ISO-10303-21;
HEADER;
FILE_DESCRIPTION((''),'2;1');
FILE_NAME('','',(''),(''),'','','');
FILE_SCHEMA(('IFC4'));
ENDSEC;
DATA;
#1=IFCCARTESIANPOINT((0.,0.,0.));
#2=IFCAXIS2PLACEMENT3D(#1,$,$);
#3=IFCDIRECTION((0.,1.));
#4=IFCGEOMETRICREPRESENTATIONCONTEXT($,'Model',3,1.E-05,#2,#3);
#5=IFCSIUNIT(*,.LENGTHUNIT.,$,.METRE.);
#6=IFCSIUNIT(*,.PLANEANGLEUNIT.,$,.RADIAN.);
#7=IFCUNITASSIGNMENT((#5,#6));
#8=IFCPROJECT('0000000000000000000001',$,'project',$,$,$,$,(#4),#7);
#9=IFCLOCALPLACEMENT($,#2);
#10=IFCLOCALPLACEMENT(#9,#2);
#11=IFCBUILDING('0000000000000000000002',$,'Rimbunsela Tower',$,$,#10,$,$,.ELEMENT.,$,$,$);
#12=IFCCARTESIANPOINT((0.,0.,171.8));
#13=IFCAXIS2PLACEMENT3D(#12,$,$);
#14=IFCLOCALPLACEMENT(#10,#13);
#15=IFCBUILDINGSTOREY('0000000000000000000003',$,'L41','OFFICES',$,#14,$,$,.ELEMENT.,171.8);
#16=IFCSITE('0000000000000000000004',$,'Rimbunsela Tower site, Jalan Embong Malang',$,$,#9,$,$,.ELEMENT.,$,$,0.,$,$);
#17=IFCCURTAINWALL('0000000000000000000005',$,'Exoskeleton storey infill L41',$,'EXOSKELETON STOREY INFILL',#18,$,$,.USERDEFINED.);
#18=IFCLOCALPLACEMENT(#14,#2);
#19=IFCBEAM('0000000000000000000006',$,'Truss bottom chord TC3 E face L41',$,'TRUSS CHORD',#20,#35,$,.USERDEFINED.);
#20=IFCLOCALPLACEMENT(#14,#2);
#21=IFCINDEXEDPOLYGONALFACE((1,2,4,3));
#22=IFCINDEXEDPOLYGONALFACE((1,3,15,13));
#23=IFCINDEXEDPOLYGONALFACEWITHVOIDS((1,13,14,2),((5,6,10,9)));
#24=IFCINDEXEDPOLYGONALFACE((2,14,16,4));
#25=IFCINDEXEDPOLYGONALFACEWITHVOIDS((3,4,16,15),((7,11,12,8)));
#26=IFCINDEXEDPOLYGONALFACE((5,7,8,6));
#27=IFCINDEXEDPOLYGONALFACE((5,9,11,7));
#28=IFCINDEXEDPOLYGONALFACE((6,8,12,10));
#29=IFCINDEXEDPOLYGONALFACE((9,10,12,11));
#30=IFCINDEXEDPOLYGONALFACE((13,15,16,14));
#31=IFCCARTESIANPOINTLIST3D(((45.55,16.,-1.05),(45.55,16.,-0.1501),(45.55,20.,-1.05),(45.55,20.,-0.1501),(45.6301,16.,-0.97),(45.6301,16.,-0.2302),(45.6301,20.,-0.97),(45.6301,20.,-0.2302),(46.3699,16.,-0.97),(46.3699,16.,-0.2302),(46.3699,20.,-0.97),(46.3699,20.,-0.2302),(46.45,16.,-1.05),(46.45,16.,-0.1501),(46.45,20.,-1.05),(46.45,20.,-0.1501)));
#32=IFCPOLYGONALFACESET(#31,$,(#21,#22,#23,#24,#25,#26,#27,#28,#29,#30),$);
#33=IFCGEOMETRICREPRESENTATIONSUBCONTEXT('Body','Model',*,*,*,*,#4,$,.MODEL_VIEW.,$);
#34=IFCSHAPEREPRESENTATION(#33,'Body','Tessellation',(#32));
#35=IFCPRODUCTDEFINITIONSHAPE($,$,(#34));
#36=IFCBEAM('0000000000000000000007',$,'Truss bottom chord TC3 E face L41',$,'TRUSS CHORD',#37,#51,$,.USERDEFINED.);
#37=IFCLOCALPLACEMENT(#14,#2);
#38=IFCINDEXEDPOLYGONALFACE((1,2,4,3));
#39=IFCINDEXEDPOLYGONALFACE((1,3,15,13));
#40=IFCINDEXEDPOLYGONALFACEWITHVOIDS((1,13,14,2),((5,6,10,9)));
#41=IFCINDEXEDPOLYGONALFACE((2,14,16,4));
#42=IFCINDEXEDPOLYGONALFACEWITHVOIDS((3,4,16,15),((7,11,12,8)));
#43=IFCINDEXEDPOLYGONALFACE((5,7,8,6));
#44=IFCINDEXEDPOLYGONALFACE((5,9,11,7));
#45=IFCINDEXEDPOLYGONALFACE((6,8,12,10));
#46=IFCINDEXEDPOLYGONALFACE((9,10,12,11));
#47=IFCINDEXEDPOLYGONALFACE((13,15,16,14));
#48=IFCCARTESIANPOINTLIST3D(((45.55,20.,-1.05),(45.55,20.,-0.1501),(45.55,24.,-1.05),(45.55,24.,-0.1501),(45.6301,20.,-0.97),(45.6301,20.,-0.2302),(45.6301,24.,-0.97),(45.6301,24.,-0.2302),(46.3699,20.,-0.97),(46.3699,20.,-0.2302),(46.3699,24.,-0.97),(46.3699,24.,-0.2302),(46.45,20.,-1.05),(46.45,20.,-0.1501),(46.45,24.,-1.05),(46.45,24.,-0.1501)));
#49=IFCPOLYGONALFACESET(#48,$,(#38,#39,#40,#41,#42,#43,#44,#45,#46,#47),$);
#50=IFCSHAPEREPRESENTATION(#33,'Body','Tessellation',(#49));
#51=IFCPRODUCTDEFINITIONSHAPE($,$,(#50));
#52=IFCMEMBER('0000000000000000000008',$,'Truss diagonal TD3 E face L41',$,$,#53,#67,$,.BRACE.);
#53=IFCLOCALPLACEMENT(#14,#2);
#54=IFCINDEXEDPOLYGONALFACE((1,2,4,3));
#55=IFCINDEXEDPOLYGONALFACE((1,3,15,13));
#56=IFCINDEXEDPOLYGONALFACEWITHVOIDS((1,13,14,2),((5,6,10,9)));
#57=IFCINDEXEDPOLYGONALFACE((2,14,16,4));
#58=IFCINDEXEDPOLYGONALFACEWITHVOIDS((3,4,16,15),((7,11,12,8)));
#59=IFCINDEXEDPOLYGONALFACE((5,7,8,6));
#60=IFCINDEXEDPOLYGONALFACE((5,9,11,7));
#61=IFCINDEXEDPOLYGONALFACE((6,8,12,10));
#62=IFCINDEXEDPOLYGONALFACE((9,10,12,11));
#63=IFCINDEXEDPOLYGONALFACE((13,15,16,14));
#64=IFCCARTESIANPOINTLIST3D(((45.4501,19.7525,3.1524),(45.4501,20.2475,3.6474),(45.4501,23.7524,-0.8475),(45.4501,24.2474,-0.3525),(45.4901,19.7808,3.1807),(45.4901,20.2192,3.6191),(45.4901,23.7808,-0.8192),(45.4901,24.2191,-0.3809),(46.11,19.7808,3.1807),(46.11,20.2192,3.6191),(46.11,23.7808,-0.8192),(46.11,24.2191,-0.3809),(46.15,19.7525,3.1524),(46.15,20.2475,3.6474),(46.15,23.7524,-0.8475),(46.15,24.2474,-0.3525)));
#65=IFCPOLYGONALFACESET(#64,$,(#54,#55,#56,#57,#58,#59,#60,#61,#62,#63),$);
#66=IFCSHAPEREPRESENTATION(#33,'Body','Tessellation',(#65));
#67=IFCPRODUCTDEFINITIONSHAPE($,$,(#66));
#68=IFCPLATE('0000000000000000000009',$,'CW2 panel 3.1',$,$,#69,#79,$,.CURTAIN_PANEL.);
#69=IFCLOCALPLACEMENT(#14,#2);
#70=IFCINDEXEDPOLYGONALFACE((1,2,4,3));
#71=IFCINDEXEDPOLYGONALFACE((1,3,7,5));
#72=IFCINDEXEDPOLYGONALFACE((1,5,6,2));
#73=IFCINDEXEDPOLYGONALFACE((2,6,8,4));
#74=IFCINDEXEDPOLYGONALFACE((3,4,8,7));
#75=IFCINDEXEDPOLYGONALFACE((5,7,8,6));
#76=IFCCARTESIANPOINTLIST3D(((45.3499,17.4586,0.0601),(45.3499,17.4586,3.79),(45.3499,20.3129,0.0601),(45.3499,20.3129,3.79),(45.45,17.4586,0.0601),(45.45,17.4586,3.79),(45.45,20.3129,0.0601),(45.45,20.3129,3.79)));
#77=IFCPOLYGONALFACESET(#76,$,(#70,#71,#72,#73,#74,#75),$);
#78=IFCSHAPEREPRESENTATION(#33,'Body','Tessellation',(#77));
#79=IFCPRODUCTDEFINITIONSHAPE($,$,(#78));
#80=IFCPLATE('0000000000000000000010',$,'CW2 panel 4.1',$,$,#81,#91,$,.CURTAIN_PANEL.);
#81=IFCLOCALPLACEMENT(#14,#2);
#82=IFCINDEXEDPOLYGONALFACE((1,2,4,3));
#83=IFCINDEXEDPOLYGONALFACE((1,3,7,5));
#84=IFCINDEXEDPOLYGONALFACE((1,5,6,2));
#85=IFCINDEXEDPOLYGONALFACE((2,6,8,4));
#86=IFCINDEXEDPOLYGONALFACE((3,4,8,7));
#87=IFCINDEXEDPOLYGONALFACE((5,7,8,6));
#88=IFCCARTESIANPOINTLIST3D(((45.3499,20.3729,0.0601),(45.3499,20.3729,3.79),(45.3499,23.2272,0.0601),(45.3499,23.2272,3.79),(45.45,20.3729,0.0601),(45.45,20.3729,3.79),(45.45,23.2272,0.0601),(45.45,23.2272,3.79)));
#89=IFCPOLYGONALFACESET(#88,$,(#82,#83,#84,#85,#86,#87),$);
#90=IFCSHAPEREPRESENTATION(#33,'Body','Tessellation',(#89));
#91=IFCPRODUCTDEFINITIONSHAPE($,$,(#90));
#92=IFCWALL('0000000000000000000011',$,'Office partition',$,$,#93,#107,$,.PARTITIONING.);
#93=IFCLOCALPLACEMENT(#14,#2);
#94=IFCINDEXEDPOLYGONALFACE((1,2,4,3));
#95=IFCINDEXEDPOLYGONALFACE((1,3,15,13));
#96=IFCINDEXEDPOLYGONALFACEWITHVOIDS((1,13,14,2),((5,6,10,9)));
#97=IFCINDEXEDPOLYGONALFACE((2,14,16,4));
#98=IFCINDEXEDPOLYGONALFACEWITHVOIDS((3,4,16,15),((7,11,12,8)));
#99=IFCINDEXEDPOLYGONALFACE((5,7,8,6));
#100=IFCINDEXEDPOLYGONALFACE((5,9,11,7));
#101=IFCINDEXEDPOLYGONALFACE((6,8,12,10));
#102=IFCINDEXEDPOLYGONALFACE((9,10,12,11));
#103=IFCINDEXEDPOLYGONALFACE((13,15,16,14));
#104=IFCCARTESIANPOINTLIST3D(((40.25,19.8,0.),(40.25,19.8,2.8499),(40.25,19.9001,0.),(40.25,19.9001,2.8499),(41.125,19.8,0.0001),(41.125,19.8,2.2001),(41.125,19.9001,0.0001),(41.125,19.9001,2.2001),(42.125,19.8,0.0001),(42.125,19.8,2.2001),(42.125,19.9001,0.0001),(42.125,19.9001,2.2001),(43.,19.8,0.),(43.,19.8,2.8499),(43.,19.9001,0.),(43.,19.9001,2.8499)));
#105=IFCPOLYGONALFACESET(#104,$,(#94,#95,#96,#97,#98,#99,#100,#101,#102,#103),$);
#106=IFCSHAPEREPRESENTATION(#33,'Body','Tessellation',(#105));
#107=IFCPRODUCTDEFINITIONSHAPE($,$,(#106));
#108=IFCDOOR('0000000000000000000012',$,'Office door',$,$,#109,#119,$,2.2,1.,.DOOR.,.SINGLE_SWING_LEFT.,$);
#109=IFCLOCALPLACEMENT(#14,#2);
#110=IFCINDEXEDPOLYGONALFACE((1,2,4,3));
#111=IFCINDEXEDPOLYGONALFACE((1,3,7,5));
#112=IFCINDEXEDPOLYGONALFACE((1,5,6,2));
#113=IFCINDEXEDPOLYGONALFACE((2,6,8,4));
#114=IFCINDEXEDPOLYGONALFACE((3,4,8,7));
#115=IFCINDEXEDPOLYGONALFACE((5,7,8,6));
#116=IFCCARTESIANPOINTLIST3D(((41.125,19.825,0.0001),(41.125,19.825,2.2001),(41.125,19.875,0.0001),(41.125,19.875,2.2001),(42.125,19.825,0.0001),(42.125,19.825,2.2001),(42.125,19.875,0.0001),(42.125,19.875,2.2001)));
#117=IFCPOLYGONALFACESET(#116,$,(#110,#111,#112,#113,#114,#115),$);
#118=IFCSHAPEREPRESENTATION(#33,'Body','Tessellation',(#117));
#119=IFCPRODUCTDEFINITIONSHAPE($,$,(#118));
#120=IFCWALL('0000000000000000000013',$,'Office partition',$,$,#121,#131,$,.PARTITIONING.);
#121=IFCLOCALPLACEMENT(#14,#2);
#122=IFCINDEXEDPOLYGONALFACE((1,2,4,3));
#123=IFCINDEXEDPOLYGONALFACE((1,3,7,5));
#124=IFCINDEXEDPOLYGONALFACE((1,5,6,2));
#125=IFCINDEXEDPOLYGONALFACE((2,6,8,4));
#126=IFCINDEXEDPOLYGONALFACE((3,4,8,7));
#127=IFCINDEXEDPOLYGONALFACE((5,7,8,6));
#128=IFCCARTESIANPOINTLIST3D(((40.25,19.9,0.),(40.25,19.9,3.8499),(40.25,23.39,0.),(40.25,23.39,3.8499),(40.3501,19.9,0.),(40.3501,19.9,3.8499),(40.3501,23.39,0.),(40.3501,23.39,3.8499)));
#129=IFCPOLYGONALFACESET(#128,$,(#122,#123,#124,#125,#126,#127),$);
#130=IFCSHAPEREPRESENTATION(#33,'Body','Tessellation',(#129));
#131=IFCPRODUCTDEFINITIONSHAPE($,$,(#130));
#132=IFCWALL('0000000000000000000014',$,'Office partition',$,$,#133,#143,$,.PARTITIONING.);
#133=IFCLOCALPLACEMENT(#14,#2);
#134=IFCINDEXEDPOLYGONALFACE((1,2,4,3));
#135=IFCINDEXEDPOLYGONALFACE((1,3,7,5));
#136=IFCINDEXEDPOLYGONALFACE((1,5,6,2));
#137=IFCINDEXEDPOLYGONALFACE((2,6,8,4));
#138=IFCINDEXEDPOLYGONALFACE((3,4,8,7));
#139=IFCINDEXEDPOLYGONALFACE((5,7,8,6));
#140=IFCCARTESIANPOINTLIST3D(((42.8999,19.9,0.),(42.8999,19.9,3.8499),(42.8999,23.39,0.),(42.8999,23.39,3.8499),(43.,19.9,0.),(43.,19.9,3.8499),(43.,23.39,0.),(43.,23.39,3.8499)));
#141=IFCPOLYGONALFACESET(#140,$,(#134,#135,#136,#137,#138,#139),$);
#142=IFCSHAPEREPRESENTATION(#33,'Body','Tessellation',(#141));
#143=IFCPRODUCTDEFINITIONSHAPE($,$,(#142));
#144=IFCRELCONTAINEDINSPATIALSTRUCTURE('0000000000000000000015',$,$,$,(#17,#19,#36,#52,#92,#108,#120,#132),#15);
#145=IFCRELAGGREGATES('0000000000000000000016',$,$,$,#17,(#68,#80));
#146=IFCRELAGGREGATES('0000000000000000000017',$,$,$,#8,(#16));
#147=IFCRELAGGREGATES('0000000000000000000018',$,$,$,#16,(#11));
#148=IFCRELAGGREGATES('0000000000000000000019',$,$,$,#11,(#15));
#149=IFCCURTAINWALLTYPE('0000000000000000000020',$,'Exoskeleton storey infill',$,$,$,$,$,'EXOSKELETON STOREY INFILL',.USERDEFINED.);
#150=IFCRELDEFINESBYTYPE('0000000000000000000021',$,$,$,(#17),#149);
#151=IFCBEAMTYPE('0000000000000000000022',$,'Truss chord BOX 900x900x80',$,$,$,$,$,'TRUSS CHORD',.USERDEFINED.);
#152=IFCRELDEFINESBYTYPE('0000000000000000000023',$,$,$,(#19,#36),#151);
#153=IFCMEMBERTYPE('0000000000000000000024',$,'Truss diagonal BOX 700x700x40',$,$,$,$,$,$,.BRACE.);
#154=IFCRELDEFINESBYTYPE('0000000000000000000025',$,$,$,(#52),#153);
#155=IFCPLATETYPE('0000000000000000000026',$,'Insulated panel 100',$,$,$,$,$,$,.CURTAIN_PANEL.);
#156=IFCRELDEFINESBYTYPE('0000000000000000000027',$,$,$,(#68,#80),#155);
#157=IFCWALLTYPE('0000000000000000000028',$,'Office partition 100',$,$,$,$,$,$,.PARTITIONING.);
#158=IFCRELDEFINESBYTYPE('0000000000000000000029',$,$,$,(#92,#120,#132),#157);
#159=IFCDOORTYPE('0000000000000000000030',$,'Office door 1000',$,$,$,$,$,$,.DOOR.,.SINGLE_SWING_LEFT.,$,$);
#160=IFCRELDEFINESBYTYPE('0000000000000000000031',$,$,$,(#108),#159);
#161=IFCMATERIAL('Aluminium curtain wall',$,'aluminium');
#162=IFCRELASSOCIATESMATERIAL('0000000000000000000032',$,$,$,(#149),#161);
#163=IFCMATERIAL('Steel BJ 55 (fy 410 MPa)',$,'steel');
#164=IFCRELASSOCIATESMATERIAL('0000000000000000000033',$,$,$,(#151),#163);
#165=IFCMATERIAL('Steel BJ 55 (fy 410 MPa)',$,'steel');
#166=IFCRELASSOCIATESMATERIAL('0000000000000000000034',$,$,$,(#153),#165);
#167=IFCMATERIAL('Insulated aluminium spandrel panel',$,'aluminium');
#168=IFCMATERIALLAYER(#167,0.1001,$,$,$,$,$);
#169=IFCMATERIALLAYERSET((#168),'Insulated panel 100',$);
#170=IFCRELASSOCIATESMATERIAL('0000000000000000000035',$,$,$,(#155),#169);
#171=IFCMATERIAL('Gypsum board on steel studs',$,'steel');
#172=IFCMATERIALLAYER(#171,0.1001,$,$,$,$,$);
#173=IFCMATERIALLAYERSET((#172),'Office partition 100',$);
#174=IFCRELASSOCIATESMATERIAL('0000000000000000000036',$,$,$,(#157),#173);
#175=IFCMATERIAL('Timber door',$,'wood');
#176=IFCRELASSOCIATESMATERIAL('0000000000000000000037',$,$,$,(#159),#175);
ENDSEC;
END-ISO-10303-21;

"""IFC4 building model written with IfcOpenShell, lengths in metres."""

from ifc_helpers import new_model, si_unit, direction, frame, frame_2d, origin, origin_2d, place, context, subcontext, project, spatial, rectangle, hollow_rectangle, extrude, material, layer, layer_set, material_profile, profile_set, type_object, element, fill, aggregate, save


model = new_model("IFC4")

# Units and contexts
model_context = context("Model", 3, precision=1e-05, world=origin(), true_north=direction((0.0, 1.0)))
body_context = subcontext(model_context, "Body", "Model", "MODEL_VIEW")
ifc_project = project(units=[si_unit("LENGTHUNIT", "METRE"), si_unit("PLANEANGLEUNIT", "RADIAN")], contexts=[model_context])

# Site, building, storey
site_placement = place(None, origin())
site = spatial("IfcSite", under=ifc_project, at=site_placement, Name="Rimbunsela Tower site, Jalan Embong Malang", CompositionType="ELEMENT", RefElevation=0.0)
building_placement = place(site_placement, origin())
building = spatial("IfcBuilding", under=site, at=building_placement, Name="Rimbunsela Tower", CompositionType="ELEMENT")
storey_placement = place(building_placement, frame((0.0, 0.0, 171.8)))
storey = spatial("IfcBuildingStorey", under=building, at=storey_placement, Name="L41", Description="OFFICES", CompositionType="ELEMENT", Elevation=171.8)

# Curtain wall
ifc_material_1 = material(Name="Aluminium curtain wall", Category="aluminium")
curtain_wall_type = type_object("IfcCurtainWallType", Name="Exoskeleton storey infill", ElementType="EXOSKELETON STOREY INFILL", PredefinedType="USERDEFINED", material=ifc_material_1)
curtain_wall_placement = place(storey_placement, origin())
curtain_wall = element("IfcCurtainWall", 1, at=curtain_wall_placement, inside=storey, type_object=curtain_wall_type, Name="Exoskeleton storey infill L41", ObjectType="EXOSKELETON STOREY INFILL", PredefinedType="USERDEFINED")

# Beams
ifc_material_2 = material(Name="Steel BJ 55 (fy 410 MPa)", Category="steel")
ifc_material_profile_1 = material_profile(ifc_material_2, hollow_rectangle(XDim=0.8999, YDim=0.8999, WallThickness=0.0801, at=origin_2d()), Name="BOX 900x900x80")
ifc_profile_set_1 = profile_set([ifc_material_profile_1], Name="Steel BJ 55 (fy 410 MPa)")
beam_type = type_object("IfcBeamType", Name="Truss chord BOX 900x900x80", ElementType="TRUSS CHORD", PredefinedType="USERDEFINED", material=ifc_profile_set_1)
for number, where, z_axis, x_axis, name in (
    (2, (46.0, 16.0, -0.6001), (0.0, 1.0, 0.0), (-1.0, 0.0, 0.0), "Truss bottom chord TC3 E face L41"),
    (3, (46.0, 20.0, -0.6001), (0.0, 1.0, 0.0), (-1.0, 0.0, 0.0), "Truss bottom chord TC3 E face L41"),
):
    element("IfcBeam", number, at=place(storey_placement, frame(where, z_axis=z_axis, x_axis=x_axis)), inside=storey, type_object=beam_type, Name=name, ObjectType="TRUSS CHORD", PredefinedType="USERDEFINED", context=body_context, shape_type="SweptSolid", body=[
        extrude(hollow_rectangle(XDim=0.8999, YDim=0.8999, WallThickness=0.0801, at=origin_2d()), origin(), (0.0, 0.0, 1.0), 4.0),
    ])

# Member
ifc_material_3 = material(Name="Steel BJ 55 (fy 410 MPa)", Category="steel")
ifc_material_profile_2 = material_profile(ifc_material_3, hollow_rectangle(XDim=0.7, YDim=0.7, WallThickness=0.04, at=origin_2d()), Name="BOX 700x700x40")
ifc_profile_set_2 = profile_set([ifc_material_profile_2], Name="Steel BJ 55 (fy 410 MPa)")
member_type_1 = type_object("IfcMemberType", Name="Truss diagonal BOX 700x700x40", PredefinedType="BRACE", material=ifc_profile_set_2)
member_1_placement = place(storey_placement, frame((45.8, 20.0, 3.3999), z_axis=(0.0, 0.707107, -0.707107), x_axis=(-1.0, 0.0, 0.0)))
element("IfcMember", 4, at=member_1_placement, inside=storey, type_object=member_type_1, Name="Truss diagonal TD3 E face L41", PredefinedType="BRACE", context=body_context, shape_type="SweptSolid", body=[
    extrude(hollow_rectangle(XDim=0.7, YDim=0.7, WallThickness=0.04, at=origin_2d()), origin(), (0.0, 0.0, 1.0), 5.6567),
])

# Plates
ifc_material_4 = material(Name="Insulated aluminium spandrel panel", Category="aluminium")
ifc_layer_1 = layer(ifc_material_4, 0.1001)
ifc_layer_set_1 = layer_set([ifc_layer_1], Name="Insulated panel 100")
plate_type = type_object("IfcPlateType", Name="Insulated panel 100", PredefinedType="CURTAIN_PANEL", material=ifc_layer_set_1)
plate_1_placement = place(storey_placement, frame((45.3999, 18.8857, 0.0601), z_axis=(0.0, 0.0, 1.0), x_axis=(0.0, 1.0, 0.0)))
plate_1 = element("IfcPlate", 5, at=plate_1_placement, type_object=plate_type, Name="CW2 panel 3.1", PredefinedType="CURTAIN_PANEL", context=body_context, shape_type="SweptSolid", body=[
    extrude(rectangle(XDim=2.8542, YDim=0.1001, at=origin_2d()), origin(), (0.0, 0.0, 1.0), 3.73),
])
plate_2_placement = place(storey_placement, frame((45.3999, 21.8, 0.0601), z_axis=(0.0, 0.0, 1.0), x_axis=(0.0, 1.0, 0.0)))
plate_2 = element("IfcPlate", 6, at=plate_2_placement, type_object=plate_type, Name="CW2 panel 4.1", PredefinedType="CURTAIN_PANEL", context=body_context, shape_type="SweptSolid", body=[
    extrude(rectangle(XDim=2.8542, YDim=0.1001, at=origin_2d()), origin(), (0.0, 0.0, 1.0), 3.73),
])
aggregate(curtain_wall, [plate_1, plate_2])

# Wall, opening, door
ifc_material_5 = material(Name="Gypsum board on steel studs", Category="steel")
ifc_layer_2 = layer(ifc_material_5, 0.1001)
ifc_layer_set_2 = layer_set([ifc_layer_2], Name="Office partition 100")
wall_type = type_object("IfcWallType", Name="Office partition 100", PredefinedType="PARTITIONING", material=ifc_layer_set_2)
wall_placement = place(storey_placement, frame((40.25, 19.8501, 0.0), z_axis=(0.0, 0.0, 1.0), x_axis=(1.0, 0.0, 0.0)))
wall = element("IfcWall", 7, at=wall_placement, inside=storey, type_object=wall_type, Name="Office partition", PredefinedType="PARTITIONING", context=body_context, shape_type="SweptSolid", body=[
    extrude(rectangle(XDim=2.75, YDim=0.1001, at=frame_2d((1.375, 0.0))), origin(), (0.0, 0.0, 1.0), 2.8499),
])
opening_placement = place(wall_placement, frame((0.875, 0.0, 0.0)))
opening = element("IfcOpeningElement", 8, at=opening_placement, cuts=wall, PredefinedType="OPENING", context=body_context, shape_type="SweptSolid", body=[
    extrude(rectangle(XDim=1.0, YDim=2.2, at=frame_2d((0.5, 1.1001))), frame((0.0, 0.0601, 0.0), z_axis=(0.0, -1.0, 0.0), x_axis=(1.0, 0.0, 0.0)), (0.0, 0.0, 1.0), 0.1201),
])
ifc_material_6 = material(Name="Timber door", Category="wood")
door_type = type_object("IfcDoorType", Name="Office door 1000", OperationType="SINGLE_SWING_LEFT", PredefinedType="DOOR", material=ifc_material_6)
door_placement = place(opening_placement, origin())
door = element("IfcDoor", 9, at=door_placement, inside=storey, type_object=door_type, Name="Office door", OperationType="SINGLE_SWING_LEFT", OverallHeight=2.2, OverallWidth=1.0, PredefinedType="DOOR", context=body_context, shape_type="SweptSolid", body=[
    extrude(rectangle(XDim=1.0, YDim=2.2, at=frame_2d((0.5, 1.1001))), frame((0.0, 0.0249, 0.0), z_axis=(0.0, -1.0, 0.0), x_axis=(1.0, 0.0, 0.0)), (0.0, 0.0, 1.0), 0.05),
])
fill(opening, door)

# Walls
for number, where, z_axis, x_axis, name in (
    (10, (40.3, 19.8999, 0.0), (0.0, 0.0, 1.0), (0.0, 1.0, 0.0), "Office partition"),
    (11, (42.95, 19.8999, 0.0), (0.0, 0.0, 1.0), (0.0, 1.0, 0.0), "Office partition"),
):
    element("IfcWall", number, at=place(storey_placement, frame(where, z_axis=z_axis, x_axis=x_axis)), inside=storey, type_object=wall_type, Name=name, PredefinedType="PARTITIONING", context=body_context, shape_type="SweptSolid", body=[
        extrude(rectangle(XDim=3.49, YDim=0.1001, at=frame_2d((1.7451, 0.0))), origin(), (0.0, 0.0, 1.0), 3.8499),
    ])

save(model, "model.ifc")
